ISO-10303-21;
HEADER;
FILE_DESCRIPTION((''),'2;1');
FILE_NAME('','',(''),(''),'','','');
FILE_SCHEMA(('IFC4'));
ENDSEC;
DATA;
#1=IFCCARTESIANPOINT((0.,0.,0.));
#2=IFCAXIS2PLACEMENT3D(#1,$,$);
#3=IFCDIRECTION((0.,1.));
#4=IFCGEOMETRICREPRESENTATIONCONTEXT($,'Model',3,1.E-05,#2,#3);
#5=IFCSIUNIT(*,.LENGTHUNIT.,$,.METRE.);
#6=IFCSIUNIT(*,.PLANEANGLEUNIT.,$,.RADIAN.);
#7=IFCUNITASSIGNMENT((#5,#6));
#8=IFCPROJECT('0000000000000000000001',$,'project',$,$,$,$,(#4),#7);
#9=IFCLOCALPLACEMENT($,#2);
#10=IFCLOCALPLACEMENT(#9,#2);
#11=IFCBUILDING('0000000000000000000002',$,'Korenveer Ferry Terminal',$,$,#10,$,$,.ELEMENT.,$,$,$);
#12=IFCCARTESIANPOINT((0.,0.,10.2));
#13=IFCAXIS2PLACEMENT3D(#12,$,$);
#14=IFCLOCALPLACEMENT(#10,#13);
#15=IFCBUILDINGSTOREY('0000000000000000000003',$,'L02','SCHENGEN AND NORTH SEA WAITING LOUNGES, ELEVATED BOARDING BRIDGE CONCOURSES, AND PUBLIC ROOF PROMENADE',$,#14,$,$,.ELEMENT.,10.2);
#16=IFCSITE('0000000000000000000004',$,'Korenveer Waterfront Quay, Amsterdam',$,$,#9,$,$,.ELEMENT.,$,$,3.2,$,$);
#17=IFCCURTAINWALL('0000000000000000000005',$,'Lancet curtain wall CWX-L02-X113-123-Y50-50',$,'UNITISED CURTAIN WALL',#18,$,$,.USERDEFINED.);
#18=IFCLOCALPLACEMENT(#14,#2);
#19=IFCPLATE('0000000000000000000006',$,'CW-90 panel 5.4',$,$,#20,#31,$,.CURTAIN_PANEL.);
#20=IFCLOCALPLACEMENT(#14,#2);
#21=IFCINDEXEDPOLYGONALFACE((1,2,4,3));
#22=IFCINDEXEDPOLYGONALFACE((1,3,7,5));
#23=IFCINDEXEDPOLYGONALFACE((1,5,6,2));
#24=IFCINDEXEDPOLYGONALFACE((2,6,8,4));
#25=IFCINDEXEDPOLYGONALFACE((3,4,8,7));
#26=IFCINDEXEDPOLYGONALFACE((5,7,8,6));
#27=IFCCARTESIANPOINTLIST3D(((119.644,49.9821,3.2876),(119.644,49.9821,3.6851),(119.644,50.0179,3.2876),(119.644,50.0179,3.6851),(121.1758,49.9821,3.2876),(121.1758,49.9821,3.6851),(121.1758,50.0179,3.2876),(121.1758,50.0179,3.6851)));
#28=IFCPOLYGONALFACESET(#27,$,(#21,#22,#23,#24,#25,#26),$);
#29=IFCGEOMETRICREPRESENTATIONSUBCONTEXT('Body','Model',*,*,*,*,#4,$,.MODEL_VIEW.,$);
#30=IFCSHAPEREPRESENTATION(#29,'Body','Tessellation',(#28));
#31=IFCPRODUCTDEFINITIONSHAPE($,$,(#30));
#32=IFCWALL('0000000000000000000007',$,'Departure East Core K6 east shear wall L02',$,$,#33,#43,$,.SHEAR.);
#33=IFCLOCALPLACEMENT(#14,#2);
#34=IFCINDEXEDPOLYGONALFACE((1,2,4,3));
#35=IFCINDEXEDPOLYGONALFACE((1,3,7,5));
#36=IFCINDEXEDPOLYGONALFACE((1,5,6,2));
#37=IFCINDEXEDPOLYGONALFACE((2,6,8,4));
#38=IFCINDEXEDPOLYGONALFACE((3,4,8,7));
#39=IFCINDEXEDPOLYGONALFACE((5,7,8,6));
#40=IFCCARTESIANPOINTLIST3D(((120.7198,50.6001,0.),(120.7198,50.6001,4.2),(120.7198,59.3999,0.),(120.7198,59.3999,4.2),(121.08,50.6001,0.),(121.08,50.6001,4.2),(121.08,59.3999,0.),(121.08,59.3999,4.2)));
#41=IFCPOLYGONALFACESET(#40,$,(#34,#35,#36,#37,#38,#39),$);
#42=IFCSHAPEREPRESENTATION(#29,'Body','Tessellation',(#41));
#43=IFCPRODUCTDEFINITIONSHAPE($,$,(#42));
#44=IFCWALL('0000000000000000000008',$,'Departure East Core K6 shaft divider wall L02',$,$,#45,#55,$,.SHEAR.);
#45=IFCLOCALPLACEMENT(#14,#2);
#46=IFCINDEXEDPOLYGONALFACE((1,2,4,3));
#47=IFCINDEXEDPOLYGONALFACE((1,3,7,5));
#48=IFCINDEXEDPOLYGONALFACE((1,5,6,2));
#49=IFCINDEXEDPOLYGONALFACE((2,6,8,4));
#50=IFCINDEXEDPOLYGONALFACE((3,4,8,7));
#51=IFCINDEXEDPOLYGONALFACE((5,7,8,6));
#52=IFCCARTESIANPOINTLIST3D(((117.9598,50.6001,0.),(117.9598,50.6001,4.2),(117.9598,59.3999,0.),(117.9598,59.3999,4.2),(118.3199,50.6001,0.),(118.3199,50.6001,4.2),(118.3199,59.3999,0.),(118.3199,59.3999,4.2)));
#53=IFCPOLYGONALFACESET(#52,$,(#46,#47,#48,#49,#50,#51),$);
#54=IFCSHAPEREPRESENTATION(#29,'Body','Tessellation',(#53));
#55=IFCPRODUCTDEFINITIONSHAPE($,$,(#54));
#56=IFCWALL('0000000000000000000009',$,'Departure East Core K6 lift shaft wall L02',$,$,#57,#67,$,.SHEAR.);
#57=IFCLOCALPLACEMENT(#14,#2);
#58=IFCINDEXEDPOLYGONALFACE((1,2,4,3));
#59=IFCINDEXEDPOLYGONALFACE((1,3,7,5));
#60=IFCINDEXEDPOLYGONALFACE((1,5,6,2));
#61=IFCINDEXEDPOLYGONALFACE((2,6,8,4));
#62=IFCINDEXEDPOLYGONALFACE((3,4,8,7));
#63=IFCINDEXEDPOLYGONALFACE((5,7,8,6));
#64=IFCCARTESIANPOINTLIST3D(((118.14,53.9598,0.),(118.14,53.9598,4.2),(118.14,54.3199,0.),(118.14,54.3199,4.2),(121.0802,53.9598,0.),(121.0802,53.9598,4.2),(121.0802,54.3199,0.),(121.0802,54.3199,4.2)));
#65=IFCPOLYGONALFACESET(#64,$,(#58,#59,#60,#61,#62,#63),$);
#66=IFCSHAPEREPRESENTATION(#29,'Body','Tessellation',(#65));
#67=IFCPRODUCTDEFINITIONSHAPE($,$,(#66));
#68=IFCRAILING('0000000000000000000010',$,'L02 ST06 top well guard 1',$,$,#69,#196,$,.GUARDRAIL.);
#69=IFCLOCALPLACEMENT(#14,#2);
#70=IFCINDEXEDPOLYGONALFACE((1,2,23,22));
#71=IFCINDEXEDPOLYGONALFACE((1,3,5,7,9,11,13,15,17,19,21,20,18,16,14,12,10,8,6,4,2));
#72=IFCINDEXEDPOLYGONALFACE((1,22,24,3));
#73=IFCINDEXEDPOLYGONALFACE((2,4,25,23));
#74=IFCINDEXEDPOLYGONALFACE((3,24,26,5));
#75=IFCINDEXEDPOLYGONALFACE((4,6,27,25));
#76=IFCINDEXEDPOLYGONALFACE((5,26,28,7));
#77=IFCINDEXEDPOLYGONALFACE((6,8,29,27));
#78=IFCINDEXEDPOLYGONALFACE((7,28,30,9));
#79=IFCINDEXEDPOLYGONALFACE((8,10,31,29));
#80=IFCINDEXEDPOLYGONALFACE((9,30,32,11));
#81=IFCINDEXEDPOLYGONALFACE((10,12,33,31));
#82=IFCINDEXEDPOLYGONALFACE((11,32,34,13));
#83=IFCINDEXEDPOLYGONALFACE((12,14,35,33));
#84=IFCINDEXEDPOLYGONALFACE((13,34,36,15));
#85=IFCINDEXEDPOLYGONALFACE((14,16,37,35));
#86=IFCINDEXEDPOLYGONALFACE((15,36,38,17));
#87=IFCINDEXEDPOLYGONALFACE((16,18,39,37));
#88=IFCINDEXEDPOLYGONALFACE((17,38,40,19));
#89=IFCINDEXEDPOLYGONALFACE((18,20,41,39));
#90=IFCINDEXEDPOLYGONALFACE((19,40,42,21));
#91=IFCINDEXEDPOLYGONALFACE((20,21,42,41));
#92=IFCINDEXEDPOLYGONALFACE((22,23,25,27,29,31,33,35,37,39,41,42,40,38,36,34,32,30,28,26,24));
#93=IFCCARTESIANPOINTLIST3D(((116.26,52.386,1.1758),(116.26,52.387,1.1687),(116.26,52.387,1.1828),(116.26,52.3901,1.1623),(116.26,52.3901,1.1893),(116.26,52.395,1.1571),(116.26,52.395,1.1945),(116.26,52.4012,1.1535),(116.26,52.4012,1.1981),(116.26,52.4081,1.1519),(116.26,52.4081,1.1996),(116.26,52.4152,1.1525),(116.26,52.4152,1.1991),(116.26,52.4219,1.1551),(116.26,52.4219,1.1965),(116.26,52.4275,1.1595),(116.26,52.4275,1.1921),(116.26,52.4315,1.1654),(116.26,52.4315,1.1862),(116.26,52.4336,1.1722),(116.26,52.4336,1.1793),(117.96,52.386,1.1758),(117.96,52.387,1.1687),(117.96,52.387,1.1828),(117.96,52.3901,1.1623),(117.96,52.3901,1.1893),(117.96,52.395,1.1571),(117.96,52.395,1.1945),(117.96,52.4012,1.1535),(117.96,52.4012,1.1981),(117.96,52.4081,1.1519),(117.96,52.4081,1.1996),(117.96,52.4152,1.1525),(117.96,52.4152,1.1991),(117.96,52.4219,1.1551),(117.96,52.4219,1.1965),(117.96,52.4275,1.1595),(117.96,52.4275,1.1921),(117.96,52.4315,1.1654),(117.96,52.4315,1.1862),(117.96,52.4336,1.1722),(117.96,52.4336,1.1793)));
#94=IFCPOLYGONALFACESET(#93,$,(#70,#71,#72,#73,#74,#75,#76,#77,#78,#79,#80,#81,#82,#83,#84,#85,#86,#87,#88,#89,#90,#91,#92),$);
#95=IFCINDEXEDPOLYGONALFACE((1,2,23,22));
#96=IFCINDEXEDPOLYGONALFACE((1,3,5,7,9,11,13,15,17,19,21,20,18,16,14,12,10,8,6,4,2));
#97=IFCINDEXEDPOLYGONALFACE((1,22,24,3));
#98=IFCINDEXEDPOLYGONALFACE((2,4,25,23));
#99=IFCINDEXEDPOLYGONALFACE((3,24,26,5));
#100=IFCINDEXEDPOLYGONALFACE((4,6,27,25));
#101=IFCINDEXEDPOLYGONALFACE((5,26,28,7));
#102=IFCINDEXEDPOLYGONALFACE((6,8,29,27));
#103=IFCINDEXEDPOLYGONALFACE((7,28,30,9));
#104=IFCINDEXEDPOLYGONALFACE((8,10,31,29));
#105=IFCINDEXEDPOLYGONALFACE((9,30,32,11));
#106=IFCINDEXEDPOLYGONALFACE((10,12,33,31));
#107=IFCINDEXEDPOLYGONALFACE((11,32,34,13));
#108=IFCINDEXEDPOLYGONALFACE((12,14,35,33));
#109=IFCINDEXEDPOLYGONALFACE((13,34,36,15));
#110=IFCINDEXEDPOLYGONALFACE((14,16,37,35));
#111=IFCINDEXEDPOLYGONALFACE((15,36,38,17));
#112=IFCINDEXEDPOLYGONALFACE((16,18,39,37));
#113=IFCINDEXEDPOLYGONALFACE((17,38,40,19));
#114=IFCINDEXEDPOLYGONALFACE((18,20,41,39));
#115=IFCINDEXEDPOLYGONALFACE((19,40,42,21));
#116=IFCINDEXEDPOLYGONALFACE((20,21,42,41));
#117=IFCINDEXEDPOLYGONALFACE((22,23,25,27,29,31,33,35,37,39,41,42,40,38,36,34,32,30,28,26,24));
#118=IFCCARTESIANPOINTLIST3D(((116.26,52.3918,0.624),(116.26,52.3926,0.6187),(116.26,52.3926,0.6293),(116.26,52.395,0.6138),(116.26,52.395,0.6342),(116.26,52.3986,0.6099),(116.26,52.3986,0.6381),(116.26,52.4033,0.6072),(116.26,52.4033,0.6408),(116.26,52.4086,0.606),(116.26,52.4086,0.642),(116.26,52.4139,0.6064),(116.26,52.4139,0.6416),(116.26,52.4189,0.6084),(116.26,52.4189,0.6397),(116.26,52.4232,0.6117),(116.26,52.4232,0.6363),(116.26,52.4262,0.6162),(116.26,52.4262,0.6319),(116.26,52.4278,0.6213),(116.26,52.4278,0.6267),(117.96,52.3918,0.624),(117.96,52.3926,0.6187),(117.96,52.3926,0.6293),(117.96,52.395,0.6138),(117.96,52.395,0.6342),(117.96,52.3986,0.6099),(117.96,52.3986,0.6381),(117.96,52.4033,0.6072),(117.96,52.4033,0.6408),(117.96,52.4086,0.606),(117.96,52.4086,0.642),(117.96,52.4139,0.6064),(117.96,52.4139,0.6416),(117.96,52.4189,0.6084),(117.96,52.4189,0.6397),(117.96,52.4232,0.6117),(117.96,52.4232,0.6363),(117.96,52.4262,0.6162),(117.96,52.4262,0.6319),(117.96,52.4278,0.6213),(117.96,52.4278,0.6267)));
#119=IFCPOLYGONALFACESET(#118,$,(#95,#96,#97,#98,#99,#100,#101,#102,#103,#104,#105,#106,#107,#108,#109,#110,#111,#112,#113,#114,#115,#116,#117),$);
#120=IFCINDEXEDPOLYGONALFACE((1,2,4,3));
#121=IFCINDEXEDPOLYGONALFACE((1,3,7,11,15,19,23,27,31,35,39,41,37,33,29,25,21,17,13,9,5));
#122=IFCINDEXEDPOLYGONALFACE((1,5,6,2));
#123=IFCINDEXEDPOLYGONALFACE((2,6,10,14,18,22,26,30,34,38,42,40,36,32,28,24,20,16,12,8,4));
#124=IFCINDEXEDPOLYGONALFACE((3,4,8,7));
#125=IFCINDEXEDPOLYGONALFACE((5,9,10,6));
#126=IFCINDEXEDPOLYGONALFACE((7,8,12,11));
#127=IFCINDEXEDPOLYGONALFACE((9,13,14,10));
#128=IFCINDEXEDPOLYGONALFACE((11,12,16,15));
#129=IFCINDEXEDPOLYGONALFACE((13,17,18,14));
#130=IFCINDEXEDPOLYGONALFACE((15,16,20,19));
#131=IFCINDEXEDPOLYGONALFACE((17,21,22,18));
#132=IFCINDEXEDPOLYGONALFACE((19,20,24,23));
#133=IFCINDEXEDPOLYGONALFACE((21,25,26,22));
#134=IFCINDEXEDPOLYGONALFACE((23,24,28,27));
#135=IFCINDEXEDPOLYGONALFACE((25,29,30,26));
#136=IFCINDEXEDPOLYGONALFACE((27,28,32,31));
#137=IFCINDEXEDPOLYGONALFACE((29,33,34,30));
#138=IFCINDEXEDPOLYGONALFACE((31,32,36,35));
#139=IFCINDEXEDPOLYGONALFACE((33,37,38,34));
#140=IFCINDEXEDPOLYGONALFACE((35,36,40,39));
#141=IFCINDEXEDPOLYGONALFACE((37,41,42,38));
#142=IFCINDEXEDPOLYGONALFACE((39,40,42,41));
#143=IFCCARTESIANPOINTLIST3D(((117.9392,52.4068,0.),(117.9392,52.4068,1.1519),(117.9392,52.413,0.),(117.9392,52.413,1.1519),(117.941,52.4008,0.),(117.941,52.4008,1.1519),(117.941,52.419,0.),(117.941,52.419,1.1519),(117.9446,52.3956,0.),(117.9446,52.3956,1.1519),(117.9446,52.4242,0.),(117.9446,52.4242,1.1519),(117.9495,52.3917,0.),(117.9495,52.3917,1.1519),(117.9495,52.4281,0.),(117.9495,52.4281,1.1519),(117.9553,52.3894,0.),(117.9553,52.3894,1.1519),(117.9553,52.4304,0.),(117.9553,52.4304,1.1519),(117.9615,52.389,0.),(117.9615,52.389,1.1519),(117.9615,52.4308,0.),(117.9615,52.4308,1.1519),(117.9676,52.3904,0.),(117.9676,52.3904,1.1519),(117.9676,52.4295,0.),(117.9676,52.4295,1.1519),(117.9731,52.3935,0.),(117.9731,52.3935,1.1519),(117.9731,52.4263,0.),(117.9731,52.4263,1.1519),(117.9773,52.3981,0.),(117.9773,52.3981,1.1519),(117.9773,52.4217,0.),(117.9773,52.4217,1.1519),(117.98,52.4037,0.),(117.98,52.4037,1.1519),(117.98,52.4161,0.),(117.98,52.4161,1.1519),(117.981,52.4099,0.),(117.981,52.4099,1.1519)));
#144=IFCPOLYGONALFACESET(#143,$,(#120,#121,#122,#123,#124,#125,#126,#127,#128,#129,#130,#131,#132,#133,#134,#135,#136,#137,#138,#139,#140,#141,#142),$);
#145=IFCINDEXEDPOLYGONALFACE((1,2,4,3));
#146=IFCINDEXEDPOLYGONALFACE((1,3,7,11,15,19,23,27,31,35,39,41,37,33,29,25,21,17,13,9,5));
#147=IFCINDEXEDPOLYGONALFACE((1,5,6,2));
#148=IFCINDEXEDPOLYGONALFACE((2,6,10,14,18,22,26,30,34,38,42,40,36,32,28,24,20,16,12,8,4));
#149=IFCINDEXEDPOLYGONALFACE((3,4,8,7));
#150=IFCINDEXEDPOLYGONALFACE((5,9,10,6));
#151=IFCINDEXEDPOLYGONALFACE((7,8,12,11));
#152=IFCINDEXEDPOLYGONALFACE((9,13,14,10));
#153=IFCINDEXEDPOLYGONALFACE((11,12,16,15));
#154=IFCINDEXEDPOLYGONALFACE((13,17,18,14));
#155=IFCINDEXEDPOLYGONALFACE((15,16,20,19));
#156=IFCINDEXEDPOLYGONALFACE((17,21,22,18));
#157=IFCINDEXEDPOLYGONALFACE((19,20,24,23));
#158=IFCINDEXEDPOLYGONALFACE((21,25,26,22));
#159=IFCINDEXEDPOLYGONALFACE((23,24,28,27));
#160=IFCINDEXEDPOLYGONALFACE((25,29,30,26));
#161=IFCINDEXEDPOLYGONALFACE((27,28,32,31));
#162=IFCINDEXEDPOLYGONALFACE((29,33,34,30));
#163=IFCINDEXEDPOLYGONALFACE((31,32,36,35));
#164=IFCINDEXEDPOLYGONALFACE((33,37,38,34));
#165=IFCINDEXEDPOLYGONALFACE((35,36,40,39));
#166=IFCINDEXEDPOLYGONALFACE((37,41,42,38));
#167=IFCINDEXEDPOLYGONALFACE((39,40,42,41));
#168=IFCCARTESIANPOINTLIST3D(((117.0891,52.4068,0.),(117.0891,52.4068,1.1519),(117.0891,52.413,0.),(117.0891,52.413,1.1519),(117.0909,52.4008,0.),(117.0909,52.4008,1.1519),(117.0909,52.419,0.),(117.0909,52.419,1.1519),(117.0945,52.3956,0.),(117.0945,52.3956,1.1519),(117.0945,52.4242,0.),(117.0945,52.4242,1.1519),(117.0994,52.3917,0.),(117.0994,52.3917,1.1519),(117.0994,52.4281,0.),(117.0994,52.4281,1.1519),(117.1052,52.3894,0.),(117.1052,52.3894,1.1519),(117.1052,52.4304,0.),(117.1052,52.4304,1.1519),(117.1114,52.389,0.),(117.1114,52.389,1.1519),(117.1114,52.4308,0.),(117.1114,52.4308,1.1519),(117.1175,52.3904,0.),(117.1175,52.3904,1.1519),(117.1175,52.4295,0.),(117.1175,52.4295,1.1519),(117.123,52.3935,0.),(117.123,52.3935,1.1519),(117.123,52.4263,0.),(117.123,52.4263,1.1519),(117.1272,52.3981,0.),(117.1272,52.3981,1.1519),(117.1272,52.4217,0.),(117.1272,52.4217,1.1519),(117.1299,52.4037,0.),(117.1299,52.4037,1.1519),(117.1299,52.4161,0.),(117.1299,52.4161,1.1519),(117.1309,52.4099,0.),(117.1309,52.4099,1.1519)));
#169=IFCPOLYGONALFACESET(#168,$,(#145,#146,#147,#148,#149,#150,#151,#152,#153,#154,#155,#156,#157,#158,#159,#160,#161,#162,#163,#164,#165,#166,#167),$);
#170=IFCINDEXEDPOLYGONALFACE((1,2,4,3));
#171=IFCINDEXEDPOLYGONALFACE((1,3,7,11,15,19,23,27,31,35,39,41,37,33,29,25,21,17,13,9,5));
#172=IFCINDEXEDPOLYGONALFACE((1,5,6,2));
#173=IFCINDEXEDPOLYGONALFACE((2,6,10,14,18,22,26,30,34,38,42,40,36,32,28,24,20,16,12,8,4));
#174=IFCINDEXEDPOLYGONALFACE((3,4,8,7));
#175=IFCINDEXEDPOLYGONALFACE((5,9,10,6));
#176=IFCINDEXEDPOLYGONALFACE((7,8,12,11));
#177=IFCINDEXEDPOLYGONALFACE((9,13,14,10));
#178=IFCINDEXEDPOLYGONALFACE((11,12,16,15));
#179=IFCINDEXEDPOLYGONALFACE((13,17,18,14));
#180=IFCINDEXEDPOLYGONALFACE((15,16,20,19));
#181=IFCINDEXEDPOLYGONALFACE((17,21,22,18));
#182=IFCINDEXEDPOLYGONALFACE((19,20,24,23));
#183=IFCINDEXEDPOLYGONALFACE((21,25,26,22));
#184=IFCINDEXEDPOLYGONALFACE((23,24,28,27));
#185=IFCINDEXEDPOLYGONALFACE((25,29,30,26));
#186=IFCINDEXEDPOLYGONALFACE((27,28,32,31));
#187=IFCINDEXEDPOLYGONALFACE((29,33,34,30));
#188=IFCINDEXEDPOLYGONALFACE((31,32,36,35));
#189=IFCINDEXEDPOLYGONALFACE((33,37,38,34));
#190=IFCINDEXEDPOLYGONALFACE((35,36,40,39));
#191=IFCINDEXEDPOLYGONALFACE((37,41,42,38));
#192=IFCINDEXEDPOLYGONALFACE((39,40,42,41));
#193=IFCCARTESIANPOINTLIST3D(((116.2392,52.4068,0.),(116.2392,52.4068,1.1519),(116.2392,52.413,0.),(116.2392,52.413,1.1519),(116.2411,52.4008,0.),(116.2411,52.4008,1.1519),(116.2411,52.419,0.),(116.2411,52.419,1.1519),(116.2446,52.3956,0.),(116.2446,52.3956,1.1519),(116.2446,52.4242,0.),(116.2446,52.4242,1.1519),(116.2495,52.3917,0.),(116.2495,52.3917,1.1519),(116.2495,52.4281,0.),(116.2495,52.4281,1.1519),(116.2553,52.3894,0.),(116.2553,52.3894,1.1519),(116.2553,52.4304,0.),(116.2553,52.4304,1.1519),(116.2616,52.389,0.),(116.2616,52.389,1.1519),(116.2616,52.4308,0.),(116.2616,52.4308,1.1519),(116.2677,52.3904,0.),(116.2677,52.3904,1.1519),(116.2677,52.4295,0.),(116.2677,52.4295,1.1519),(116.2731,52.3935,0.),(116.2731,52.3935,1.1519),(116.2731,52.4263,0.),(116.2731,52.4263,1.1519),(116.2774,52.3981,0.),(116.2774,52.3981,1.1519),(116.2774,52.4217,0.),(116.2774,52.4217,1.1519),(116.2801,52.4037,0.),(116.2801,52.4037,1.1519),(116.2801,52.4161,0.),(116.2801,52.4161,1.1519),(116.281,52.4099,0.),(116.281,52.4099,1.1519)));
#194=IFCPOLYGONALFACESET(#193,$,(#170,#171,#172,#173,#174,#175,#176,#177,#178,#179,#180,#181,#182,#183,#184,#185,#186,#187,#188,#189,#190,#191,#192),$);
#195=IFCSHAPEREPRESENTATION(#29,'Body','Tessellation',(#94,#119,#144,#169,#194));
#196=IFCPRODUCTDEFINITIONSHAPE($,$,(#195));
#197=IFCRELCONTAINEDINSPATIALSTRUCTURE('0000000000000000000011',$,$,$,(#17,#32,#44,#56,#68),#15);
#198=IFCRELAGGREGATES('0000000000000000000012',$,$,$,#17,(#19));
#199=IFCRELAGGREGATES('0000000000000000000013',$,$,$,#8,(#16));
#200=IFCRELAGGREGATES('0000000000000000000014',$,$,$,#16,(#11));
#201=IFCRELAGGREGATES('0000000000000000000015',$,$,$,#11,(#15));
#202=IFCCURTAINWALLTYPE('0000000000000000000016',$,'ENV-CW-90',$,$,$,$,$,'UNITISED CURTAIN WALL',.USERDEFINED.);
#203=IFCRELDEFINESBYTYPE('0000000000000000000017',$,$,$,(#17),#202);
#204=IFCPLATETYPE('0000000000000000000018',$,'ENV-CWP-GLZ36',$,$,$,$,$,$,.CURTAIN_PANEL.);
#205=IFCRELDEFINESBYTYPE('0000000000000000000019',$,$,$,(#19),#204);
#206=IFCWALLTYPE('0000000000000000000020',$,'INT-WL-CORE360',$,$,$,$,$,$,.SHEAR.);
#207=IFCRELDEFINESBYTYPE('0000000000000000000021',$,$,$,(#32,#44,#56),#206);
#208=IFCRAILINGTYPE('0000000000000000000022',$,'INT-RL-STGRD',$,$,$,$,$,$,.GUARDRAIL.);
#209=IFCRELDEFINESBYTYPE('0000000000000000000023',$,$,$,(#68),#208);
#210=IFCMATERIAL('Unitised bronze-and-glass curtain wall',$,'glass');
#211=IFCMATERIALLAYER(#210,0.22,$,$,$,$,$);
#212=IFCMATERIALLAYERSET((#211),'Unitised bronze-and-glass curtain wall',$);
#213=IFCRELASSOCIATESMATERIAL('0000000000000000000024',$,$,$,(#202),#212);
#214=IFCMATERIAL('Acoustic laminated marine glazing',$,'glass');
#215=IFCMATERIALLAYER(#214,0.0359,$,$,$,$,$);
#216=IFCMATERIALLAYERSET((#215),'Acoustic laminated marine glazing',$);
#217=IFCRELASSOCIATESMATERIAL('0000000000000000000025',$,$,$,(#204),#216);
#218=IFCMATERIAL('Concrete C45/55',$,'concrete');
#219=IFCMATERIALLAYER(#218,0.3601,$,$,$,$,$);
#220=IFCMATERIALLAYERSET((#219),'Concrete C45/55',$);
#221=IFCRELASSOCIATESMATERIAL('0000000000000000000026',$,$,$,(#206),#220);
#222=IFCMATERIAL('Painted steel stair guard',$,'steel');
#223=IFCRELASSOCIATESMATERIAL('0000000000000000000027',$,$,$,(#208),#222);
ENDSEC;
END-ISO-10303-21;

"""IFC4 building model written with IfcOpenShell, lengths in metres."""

from ifc_helpers import new_model, si_unit, direction, frame, frame_2d, origin, origin_2d, place, context, subcontext, project, spatial, rectangle, circle, extrude, material, layer, layer_set, type_object, element, aggregate, save


model = new_model("IFC4")

# Units and contexts
model_context = context("Model", 3, precision=1e-05, world=origin(), true_north=direction((0.0, 1.0)))
body_context = subcontext(model_context, "Body", "Model", "MODEL_VIEW")
ifc_project = project(units=[si_unit("LENGTHUNIT", "METRE"), si_unit("PLANEANGLEUNIT", "RADIAN")], contexts=[model_context])

# Site, building, storey
site_placement = place(None, origin())
site = spatial("IfcSite", under=ifc_project, at=site_placement, Name="Korenveer Waterfront Quay, Amsterdam", CompositionType="ELEMENT", RefElevation=3.2)
building_placement = place(site_placement, origin())
building = spatial("IfcBuilding", under=site, at=building_placement, Name="Korenveer Ferry Terminal", CompositionType="ELEMENT")
storey_placement = place(building_placement, frame((0.0, 0.0, 10.2)))
storey = spatial("IfcBuildingStorey", under=building, at=storey_placement, Name="L02", Description="SCHENGEN AND NORTH SEA WAITING LOUNGES, ELEVATED BOARDING BRIDGE CONCOURSES, AND PUBLIC ROOF PROMENADE", CompositionType="ELEMENT", Elevation=10.2)

# Curtain wall, plate
ifc_material_1 = material(Name="Unitised bronze-and-glass curtain wall", Category="glass")
ifc_layer_1 = layer(ifc_material_1, 0.22)
ifc_layer_set_1 = layer_set([ifc_layer_1], Name="Unitised bronze-and-glass curtain wall")
curtain_wall_type = type_object("IfcCurtainWallType", Name="ENV-CW-90", ElementType="UNITISED CURTAIN WALL", PredefinedType="USERDEFINED", material=ifc_layer_set_1)
curtain_wall_placement = place(storey_placement, frame((113.1799, 50.0, 0.0)))
curtain_wall = element("IfcCurtainWall", 1, at=curtain_wall_placement, inside=storey, type_object=curtain_wall_type, Name="Lancet curtain wall CWX-L02-X113-123-Y50-50", ObjectType="UNITISED CURTAIN WALL", PredefinedType="USERDEFINED")
ifc_material_2 = material(Name="Acoustic laminated marine glazing", Category="glass")
ifc_layer_2 = layer(ifc_material_2, 0.0359)
ifc_layer_set_2 = layer_set([ifc_layer_2], Name="Acoustic laminated marine glazing")
plate_type = type_object("IfcPlateType", Name="ENV-CWP-GLZ36", PredefinedType="CURTAIN_PANEL", material=ifc_layer_set_2)
plate_1_placement = place(storey_placement, frame((120.4099, 50.0, 3.2876), z_axis=(0.0, 0.0, 1.0), x_axis=(1.0, 0.0, 0.0)))
plate_1 = element("IfcPlate", 2, at=plate_1_placement, type_object=plate_type, Name="CW-90 panel 5.4", PredefinedType="CURTAIN_PANEL", context=body_context, shape_type="SweptSolid", body=[
    extrude(rectangle(XDim=1.5317, YDim=0.0359, at=origin_2d()), origin(), (0.0, 0.0, 1.0), 0.3975),
])
aggregate(curtain_wall, [plate_1])

# Walls
ifc_material_3 = material(Name="Concrete C45/55", Category="concrete")
ifc_layer_3 = layer(ifc_material_3, 0.3601)
ifc_layer_set_3 = layer_set([ifc_layer_3], Name="Concrete C45/55")
wall_type = type_object("IfcWallType", Name="INT-WL-CORE360", PredefinedType="SHEAR", material=ifc_layer_set_3)
for number, where, z_axis, x_axis, name in (
    (3, (120.8999, 50.6001, 0.0), (0.0, 0.0, 1.0), (0.0, 1.0, 0.0), "Departure East Core K6 east shear wall L02"),
    (4, (118.1399, 50.6001, 0.0), (0.0, 0.0, 1.0), (0.0, 1.0, 0.0), "Departure East Core K6 shaft divider wall L02"),
):
    element("IfcWall", number, at=place(storey_placement, frame(where, z_axis=z_axis, x_axis=x_axis)), inside=storey, type_object=wall_type, Name=name, PredefinedType="SHEAR", context=body_context, shape_type="SweptSolid", body=[
        extrude(rectangle(XDim=8.7998, YDim=0.3601, at=frame_2d((4.3999, 0.0))), origin(), (0.0, 0.0, 1.0), 4.2),
    ])
wall_placement = place(storey_placement, frame((118.1399, 54.1399, 0.0), z_axis=(0.0, 0.0, 1.0), x_axis=(1.0, 0.0, 0.0)))
element("IfcWall", 5, at=wall_placement, inside=storey, type_object=wall_type, Name="Departure East Core K6 lift shaft wall L02", PredefinedType="SHEAR", context=body_context, shape_type="SweptSolid", body=[
    extrude(rectangle(XDim=2.9402, YDim=0.3601, at=frame_2d((1.4702, 0.0))), origin(), (0.0, 0.0, 1.0), 4.2),
])

# Railing
ifc_material_4 = material(Name="Painted steel stair guard", Category="steel")
railing_type = type_object("IfcRailingType", Name="INT-RL-STGRD", PredefinedType="GUARDRAIL", material=ifc_material_4)
railing_placement = place(storey_placement, frame((117.96, 52.4099, 0.0)))
element("IfcRailing", 6, at=railing_placement, inside=storey, type_object=railing_type, Name="L02 ST06 top well guard 1", PredefinedType="GUARDRAIL", context=body_context, shape_type="SweptSolid", body=[
    extrude(circle(Radius=0.0239, at=origin_2d()), frame((0.0, 0.0, 1.1758), z_axis=(-1.0, 0.0, 0.0), x_axis=(0.0, -1.0, 0.0)), (0.0, 0.0, 1.0), 1.7),
    extrude(circle(Radius=0.0181, at=origin_2d()), frame((0.0, 0.0, 0.624), z_axis=(-1.0, 0.0, 0.0), x_axis=(0.0, -1.0, 0.0)), (0.0, 0.0, 1.0), 1.7),
    extrude(circle(Radius=0.021, at=origin_2d()), origin(), (0.0, 0.0, 1.0), 1.1519),
    extrude(circle(Radius=0.021, at=origin_2d()), frame((-0.8501, 0.0, 0.0)), (0.0, 0.0, 1.0), 1.1519),
    extrude(circle(Radius=0.021, at=origin_2d()), frame((-1.7, 0.0, 0.0)), (0.0, 0.0, 1.0), 1.1519),
])

save(model, "model.ifc")
